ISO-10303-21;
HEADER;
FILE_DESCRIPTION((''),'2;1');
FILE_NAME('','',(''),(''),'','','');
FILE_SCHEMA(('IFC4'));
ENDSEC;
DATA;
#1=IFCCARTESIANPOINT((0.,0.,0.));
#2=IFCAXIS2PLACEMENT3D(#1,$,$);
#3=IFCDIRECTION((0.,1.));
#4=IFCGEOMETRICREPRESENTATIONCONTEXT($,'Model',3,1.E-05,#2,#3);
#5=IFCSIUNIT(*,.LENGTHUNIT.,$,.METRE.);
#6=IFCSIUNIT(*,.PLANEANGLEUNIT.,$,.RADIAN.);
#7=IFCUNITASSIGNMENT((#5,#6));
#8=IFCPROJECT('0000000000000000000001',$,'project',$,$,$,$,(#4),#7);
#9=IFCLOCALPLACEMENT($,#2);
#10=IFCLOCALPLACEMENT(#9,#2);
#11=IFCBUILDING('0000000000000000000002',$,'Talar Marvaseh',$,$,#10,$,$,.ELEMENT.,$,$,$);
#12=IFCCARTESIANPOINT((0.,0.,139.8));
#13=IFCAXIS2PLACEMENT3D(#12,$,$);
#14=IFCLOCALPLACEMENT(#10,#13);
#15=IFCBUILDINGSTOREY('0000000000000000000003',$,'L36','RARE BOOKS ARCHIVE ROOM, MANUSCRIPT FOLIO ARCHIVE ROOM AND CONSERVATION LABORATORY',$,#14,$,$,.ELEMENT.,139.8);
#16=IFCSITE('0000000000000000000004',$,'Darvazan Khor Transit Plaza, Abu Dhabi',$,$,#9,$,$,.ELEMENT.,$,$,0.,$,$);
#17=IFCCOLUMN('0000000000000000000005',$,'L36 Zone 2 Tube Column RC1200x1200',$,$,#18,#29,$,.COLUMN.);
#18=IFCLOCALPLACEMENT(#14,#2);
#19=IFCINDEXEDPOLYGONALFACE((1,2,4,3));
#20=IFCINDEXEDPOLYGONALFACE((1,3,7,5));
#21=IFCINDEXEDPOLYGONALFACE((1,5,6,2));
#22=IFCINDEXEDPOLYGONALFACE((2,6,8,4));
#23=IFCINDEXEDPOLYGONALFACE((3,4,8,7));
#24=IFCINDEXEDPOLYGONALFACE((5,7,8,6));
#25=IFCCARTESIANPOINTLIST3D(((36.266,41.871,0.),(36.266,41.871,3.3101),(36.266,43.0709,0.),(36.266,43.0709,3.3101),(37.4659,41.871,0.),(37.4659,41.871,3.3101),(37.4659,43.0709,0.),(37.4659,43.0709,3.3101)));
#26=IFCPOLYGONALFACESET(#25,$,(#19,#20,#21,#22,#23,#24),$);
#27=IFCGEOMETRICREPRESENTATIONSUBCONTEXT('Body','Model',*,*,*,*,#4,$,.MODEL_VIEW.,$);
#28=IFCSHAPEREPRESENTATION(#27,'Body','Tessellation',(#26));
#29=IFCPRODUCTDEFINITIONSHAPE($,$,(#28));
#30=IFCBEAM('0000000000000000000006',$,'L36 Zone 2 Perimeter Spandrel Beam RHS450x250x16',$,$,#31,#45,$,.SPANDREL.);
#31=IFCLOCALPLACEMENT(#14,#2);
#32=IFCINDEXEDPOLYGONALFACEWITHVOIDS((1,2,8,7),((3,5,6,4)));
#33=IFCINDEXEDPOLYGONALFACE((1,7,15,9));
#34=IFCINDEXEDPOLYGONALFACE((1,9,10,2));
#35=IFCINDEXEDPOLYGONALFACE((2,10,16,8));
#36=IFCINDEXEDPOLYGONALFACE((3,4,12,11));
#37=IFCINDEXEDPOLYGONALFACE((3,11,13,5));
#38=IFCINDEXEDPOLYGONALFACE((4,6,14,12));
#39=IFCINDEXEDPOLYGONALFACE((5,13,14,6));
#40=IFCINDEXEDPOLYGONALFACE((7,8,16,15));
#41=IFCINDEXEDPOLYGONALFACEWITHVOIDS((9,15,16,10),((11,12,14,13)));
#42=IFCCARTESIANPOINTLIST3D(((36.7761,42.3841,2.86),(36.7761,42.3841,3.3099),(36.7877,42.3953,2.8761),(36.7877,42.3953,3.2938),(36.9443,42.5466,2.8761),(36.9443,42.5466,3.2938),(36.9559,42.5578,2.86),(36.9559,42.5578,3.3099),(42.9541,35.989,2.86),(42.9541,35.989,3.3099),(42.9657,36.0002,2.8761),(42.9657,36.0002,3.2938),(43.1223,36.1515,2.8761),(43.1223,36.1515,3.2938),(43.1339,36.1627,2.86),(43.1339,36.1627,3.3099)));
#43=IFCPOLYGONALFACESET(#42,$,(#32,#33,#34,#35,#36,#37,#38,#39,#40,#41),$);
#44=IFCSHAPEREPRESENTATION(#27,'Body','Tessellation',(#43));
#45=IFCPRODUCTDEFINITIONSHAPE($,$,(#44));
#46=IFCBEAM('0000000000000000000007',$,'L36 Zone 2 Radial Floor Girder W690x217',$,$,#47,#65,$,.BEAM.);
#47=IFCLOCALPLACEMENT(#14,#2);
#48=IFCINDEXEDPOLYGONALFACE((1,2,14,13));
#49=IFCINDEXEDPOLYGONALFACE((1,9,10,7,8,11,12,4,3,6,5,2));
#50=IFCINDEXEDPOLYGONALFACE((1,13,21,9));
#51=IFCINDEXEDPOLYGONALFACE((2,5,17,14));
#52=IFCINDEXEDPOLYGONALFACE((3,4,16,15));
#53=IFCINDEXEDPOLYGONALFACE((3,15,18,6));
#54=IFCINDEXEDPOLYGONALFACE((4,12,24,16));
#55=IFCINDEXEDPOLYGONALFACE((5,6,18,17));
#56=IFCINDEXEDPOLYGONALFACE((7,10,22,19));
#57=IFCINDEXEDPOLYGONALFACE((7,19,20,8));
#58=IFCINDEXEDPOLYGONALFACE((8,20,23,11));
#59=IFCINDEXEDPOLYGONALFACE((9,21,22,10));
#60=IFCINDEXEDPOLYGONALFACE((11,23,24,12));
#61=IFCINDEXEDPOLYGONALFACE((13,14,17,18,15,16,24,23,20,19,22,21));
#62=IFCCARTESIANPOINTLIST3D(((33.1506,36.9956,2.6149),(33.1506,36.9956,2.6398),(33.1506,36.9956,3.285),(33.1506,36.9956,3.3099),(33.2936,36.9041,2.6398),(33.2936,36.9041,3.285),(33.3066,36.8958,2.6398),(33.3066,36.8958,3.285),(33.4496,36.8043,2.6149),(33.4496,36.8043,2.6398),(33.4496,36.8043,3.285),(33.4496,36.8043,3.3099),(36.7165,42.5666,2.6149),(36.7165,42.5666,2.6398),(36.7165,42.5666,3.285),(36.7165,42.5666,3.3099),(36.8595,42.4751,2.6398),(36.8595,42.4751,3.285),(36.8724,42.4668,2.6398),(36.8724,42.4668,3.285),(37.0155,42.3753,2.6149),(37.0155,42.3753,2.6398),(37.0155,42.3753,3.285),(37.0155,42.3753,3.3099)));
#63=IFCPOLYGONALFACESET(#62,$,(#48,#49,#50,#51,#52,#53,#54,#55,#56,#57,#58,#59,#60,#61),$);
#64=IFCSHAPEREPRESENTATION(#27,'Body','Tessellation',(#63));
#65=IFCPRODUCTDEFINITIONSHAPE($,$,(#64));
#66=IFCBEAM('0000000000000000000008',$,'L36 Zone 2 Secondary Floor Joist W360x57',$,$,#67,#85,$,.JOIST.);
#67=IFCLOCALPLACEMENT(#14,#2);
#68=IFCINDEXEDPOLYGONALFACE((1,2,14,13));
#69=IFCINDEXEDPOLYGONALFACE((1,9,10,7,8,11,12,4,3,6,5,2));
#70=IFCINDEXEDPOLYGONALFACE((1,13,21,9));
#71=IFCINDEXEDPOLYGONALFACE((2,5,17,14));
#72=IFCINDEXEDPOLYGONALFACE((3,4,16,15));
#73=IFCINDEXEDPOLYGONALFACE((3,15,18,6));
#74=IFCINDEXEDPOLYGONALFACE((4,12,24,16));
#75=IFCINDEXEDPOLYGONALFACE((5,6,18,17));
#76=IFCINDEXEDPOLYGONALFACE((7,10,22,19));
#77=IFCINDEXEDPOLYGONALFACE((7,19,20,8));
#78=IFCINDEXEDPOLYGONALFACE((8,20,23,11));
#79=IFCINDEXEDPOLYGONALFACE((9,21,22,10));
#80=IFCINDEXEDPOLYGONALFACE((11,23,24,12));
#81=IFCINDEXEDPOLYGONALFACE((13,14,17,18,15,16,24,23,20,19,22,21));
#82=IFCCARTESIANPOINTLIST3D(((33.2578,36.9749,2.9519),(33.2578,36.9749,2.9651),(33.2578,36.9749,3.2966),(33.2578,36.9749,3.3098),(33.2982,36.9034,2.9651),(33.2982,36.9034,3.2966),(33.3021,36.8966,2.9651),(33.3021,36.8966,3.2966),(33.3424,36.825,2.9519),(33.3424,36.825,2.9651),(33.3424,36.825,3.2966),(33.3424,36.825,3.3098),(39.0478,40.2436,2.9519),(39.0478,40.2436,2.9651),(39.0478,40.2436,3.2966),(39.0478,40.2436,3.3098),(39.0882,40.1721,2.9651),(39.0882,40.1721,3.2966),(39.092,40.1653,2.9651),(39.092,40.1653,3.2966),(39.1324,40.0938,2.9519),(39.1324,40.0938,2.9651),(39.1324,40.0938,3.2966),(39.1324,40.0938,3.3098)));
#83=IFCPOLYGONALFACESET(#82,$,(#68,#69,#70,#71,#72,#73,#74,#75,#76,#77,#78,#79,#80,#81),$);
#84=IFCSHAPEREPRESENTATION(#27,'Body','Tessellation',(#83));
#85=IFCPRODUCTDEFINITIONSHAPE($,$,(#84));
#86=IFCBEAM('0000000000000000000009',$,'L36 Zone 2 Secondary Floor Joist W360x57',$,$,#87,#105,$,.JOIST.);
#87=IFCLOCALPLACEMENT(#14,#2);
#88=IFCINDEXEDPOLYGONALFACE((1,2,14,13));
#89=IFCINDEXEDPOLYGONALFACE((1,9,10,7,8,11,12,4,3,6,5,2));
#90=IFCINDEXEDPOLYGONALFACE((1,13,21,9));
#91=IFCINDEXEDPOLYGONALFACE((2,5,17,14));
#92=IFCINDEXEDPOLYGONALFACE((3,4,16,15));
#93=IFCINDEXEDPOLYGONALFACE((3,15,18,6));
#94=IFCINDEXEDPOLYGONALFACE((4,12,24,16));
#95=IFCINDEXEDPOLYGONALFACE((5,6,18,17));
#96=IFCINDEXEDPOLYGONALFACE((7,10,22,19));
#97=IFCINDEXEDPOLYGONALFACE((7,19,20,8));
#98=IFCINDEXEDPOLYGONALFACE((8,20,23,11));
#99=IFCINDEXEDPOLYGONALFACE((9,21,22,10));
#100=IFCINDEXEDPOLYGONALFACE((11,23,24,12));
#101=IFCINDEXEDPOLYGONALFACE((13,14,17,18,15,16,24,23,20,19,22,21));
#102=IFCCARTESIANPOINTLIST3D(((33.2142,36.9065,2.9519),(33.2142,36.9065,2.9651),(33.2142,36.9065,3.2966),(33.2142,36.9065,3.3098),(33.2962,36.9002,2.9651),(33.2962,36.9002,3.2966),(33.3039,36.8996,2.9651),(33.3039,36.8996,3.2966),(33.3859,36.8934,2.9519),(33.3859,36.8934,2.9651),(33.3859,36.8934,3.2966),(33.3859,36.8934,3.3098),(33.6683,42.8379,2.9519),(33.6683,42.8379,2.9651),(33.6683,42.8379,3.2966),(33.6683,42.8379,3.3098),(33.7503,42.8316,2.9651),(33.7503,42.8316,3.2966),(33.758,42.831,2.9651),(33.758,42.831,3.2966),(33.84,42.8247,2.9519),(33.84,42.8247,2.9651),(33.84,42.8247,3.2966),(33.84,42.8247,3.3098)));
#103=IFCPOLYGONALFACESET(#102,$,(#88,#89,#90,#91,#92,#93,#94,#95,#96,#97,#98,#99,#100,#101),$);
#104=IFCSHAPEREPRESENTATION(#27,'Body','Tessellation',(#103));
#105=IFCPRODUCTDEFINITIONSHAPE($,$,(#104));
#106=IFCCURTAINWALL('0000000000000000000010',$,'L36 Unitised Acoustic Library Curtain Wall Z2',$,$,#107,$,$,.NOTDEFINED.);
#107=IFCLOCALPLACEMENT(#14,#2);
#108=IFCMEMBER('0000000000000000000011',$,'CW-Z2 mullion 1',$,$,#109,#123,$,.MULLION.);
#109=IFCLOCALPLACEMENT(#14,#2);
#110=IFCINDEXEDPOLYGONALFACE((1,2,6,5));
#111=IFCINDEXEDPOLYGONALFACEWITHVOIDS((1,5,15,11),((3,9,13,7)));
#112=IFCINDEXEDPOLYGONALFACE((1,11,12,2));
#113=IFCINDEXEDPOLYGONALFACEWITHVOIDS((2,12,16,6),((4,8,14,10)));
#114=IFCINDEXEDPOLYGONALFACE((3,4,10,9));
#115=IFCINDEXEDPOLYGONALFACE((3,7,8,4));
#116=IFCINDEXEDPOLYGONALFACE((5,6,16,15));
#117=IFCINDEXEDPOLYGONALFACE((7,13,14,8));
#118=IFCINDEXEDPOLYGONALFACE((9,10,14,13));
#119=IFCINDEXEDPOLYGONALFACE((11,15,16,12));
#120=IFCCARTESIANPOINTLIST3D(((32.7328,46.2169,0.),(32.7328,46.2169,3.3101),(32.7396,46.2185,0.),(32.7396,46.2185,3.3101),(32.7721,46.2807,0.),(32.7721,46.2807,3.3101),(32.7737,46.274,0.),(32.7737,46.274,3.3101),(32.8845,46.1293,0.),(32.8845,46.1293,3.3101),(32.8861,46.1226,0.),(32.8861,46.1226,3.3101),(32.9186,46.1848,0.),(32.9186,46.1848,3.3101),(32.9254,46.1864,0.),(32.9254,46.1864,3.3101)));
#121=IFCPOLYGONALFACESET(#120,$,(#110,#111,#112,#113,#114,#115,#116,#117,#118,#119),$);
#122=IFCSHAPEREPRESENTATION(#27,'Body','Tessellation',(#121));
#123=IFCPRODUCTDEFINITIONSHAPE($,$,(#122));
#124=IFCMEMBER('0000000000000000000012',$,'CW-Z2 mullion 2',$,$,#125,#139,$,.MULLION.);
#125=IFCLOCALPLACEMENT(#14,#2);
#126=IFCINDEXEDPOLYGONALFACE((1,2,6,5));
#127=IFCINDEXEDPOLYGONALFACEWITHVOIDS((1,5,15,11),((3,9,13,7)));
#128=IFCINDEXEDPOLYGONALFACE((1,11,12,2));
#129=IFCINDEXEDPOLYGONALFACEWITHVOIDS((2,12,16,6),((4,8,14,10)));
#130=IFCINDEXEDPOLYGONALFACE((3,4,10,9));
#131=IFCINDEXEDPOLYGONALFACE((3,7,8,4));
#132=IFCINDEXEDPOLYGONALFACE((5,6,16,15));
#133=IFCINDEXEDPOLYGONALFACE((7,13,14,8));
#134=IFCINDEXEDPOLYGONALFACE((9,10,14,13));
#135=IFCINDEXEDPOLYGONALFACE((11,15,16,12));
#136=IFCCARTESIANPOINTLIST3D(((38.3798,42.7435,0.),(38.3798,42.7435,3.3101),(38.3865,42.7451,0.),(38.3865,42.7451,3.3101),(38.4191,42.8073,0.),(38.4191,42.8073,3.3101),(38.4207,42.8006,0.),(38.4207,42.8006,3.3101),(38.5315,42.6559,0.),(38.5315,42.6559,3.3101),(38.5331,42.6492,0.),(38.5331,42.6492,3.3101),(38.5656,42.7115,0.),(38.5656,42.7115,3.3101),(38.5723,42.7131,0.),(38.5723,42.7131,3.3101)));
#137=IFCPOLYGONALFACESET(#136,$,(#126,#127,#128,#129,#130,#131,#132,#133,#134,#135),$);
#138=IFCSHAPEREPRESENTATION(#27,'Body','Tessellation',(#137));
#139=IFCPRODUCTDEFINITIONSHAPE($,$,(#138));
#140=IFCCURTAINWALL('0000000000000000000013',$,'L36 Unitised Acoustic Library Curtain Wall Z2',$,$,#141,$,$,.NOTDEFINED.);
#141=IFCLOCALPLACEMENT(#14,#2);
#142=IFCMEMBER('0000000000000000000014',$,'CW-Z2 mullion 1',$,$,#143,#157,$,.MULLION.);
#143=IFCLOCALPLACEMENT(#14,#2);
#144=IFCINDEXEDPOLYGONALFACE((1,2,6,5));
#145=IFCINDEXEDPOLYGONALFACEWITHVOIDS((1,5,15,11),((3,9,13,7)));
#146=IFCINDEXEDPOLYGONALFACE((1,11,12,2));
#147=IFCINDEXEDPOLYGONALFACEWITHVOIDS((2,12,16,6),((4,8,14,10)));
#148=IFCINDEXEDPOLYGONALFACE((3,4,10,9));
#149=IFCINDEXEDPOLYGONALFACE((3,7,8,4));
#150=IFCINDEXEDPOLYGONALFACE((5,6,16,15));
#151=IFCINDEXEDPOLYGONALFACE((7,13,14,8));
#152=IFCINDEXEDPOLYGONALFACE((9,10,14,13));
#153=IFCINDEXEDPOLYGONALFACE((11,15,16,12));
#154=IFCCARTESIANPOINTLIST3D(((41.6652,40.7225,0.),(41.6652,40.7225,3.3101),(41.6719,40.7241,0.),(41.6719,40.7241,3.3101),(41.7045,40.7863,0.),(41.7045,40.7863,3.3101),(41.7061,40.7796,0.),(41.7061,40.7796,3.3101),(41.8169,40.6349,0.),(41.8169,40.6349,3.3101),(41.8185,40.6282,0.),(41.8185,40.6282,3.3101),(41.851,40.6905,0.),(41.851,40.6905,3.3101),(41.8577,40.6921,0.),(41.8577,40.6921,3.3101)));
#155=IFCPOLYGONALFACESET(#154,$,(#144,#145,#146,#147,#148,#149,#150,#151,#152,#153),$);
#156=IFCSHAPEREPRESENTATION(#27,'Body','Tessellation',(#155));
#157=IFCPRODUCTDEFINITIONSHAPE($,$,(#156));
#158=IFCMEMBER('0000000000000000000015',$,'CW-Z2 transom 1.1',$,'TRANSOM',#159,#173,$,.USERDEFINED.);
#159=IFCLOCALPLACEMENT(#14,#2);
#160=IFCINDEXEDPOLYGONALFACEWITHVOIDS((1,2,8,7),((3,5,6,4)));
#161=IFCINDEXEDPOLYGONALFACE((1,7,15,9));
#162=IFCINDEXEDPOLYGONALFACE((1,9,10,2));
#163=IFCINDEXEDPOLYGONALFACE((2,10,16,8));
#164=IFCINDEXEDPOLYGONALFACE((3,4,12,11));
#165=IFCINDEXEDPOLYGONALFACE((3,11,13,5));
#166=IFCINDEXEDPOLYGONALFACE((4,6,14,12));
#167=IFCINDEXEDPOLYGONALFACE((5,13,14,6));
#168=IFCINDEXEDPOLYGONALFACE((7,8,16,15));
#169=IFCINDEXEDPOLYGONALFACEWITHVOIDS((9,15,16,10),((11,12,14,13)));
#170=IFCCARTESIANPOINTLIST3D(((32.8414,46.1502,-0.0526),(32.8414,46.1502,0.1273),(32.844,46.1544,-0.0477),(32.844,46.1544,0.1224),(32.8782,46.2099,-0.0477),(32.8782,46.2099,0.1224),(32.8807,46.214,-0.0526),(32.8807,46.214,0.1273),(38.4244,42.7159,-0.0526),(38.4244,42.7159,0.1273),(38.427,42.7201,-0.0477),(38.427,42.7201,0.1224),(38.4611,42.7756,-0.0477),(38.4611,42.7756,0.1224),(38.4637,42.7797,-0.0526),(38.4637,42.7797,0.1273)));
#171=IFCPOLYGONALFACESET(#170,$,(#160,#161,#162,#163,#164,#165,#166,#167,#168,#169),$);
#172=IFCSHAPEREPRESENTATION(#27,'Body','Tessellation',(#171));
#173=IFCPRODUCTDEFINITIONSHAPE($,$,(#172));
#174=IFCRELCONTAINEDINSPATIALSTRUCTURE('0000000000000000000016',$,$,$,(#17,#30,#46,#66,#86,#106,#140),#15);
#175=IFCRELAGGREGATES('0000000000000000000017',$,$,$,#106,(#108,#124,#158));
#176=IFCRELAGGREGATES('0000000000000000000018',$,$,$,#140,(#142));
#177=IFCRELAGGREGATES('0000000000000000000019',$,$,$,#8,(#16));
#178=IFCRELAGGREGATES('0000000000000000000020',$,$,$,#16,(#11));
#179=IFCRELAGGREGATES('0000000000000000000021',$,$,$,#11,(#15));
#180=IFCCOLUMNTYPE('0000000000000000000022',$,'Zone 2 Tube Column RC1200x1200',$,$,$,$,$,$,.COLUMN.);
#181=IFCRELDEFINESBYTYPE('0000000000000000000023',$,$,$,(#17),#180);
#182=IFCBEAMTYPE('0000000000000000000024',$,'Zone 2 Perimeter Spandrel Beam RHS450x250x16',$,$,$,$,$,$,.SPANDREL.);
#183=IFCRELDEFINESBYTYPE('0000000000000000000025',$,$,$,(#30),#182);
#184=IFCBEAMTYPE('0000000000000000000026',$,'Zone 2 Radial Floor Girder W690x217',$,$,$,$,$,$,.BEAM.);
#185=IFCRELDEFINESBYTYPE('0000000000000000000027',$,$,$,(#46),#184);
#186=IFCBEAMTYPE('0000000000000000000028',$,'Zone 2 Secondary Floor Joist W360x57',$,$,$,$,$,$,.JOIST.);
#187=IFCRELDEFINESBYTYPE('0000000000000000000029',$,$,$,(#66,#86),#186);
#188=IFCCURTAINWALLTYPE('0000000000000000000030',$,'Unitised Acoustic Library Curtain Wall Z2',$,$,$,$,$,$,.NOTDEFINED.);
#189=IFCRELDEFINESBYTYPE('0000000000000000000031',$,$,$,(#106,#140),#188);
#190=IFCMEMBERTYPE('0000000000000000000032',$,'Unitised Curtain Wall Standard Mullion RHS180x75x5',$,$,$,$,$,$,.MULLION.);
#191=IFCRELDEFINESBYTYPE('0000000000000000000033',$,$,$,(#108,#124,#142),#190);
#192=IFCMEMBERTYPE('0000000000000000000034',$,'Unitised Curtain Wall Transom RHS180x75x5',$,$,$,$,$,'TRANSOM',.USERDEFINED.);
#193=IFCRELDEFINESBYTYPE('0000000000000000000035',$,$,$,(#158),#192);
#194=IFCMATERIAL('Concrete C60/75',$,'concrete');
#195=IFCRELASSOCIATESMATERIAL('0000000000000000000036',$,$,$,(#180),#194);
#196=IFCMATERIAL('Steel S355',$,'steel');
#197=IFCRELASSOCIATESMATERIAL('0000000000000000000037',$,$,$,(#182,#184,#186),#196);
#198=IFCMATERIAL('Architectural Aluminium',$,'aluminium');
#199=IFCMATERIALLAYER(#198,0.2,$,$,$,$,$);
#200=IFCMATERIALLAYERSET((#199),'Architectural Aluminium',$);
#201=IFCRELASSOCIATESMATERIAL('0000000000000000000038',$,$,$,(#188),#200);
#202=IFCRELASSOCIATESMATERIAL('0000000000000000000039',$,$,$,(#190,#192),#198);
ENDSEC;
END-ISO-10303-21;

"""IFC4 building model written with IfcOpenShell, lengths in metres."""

from ifc_helpers import new_model, si_unit, direction, frame, origin, origin_2d, place, context, subcontext, project, spatial, rectangle, hollow_rectangle, i_section, extrude, source, transform, mapped, material, layer, layer_set, material_profile, profile_set, type_object, type_shapes, element, aggregate, save


model = new_model("IFC4")

# Units and contexts
model_context = context("Model", 3, precision=1e-05, world=origin(), true_north=direction((0.0, 1.0)))
body_context = subcontext(model_context, "Body", "Model", "MODEL_VIEW")
ifc_project = project(units=[si_unit("LENGTHUNIT", "METRE"), si_unit("PLANEANGLEUNIT", "RADIAN")], contexts=[model_context])

# Site, building, storey
site_placement = place(None, origin())
site = spatial("IfcSite", under=ifc_project, at=site_placement, Name="Darvazan Khor Transit Plaza, Abu Dhabi", CompositionType="ELEMENT", RefElevation=0.0)
building_placement = place(site_placement, origin())
building = spatial("IfcBuilding", under=site, at=building_placement, Name="Talar Marvaseh", CompositionType="ELEMENT")
storey_placement = place(building_placement, frame((0.0, 0.0, 139.8)))
storey = spatial("IfcBuildingStorey", under=building, at=storey_placement, Name="L36", Description="RARE BOOKS ARCHIVE ROOM, MANUSCRIPT FOLIO ARCHIVE ROOM AND CONSERVATION LABORATORY", CompositionType="ELEMENT", Elevation=139.8)

# Column
ifc_material_1 = material(Name="Concrete C60/75", Category="concrete")
ifc_material_profile_1 = material_profile(ifc_material_1, rectangle(XDim=1.2, YDim=1.2, at=origin_2d()), Name="RC1200x1200")
ifc_profile_set_1 = profile_set([ifc_material_profile_1], Name="Concrete C60/75")
column_type = type_object("IfcColumnType", Name="Zone 2 Tube Column RC1200x1200", PredefinedType="COLUMN", material=ifc_profile_set_1)
column_placement = place(storey_placement, frame((36.866, 42.4709, 0.0), z_axis=(0.0, 0.0, 1.0), x_axis=(1.0, 0.0, 0.0)))
element("IfcColumn", 1, at=column_placement, inside=storey, type_object=column_type, Name="L36 Zone 2 Tube Column RC1200x1200", PredefinedType="COLUMN", context=body_context, shape_type="SweptSolid", body=[
    extrude(rectangle(XDim=1.2, YDim=1.2, at=origin_2d()), origin(), (0.0, 0.0, 1.0), 3.3101),
])

# Beams
ifc_material_2 = material(Name="Steel S355", Category="steel")
ifc_material_profile_2 = material_profile(ifc_material_2, hollow_rectangle(XDim=0.25, YDim=0.45, WallThickness=0.0161, at=origin_2d()), Name="RHS450x250x16")
ifc_profile_set_2 = profile_set([ifc_material_profile_2], Name="Steel S355")
beam_type_1 = type_object("IfcBeamType", Name="Zone 2 Perimeter Spandrel Beam RHS450x250x16", PredefinedType="SPANDREL", material=ifc_profile_set_2)
beam_1_placement = place(storey_placement, frame((36.866, 42.4709, 3.085), z_axis=(0.694797, -0.719206, 0.0), x_axis=(0.719206, 0.694797, 0.0)))
element("IfcBeam", 2, at=beam_1_placement, inside=storey, type_object=beam_type_1, Name="L36 Zone 2 Perimeter Spandrel Beam RHS450x250x16", PredefinedType="SPANDREL", context=body_context, shape_type="SweptSolid", body=[
    extrude(hollow_rectangle(XDim=0.25, YDim=0.45, WallThickness=0.0161, at=origin_2d()), origin(), (0.0, 0.0, 1.0), 8.8918),
])
ifc_material_profile_3 = material_profile(ifc_material_2, i_section(OverallWidth=0.355, OverallDepth=0.6951, WebThickness=0.0154, FlangeThickness=0.0249, at=origin_2d()), Name="W690x217")
ifc_profile_set_3 = profile_set([ifc_material_profile_3], Name="Steel S355")
beam_type_2 = type_object("IfcBeamType", Name="Zone 2 Radial Floor Girder W690x217", PredefinedType="BEAM", material=ifc_profile_set_3)
beam_2_placement = place(storey_placement, frame((36.866, 42.4709, 2.9624), z_axis=(-0.539102, -0.842241, 0.0), x_axis=(0.842241, -0.539102, 0.0)))
element("IfcBeam", 3, at=beam_2_placement, inside=storey, type_object=beam_type_2, Name="L36 Zone 2 Radial Floor Girder W690x217", PredefinedType="BEAM", context=body_context, shape_type="SweptSolid", body=[
    extrude(i_section(OverallWidth=0.355, OverallDepth=0.6951, WebThickness=0.0154, FlangeThickness=0.0249, at=origin_2d()), origin(), (0.0, 0.0, 1.0), 6.6145),
])
ifc_material_profile_4 = material_profile(ifc_material_2, i_section(OverallWidth=0.1721, OverallDepth=0.3579, WebThickness=0.0078, FlangeThickness=0.0132, at=origin_2d()), Name="W360x57")
ifc_profile_set_4 = profile_set([ifc_material_profile_4], Name="Steel S355")
beam_type_3 = type_object("IfcBeamType", Name="Zone 2 Secondary Floor Joist W360x57", PredefinedType="JOIST", material=ifc_profile_set_4)
beam_3_placement = place(storey_placement, frame((39.0901, 40.1687, 3.1309), z_axis=(-0.87081, -0.49162, 0.0), x_axis=(0.49162, -0.87081, 0.0)))
element("IfcBeam", 4, at=beam_3_placement, inside=storey, type_object=beam_type_3, Name="L36 Zone 2 Secondary Floor Joist W360x57", PredefinedType="JOIST", context=body_context, shape_type="SweptSolid", body=[
    extrude(i_section(OverallWidth=0.1721, OverallDepth=0.3579, WebThickness=0.0078, FlangeThickness=0.0132, at=origin_2d()), origin(), (0.0, 0.0, 1.0), 6.6489),
])
beam_4_placement = place(storey_placement, frame((33.7542, 42.8313, 3.1309), z_axis=(-0.076336, -0.997082, 0.0), x_axis=(0.997082, -0.076336, 0.0)))
element("IfcBeam", 5, at=beam_4_placement, inside=storey, type_object=beam_type_3, Name="L36 Zone 2 Secondary Floor Joist W360x57", PredefinedType="JOIST", context=body_context, shape_type="SweptSolid", body=[
    extrude(i_section(OverallWidth=0.1721, OverallDepth=0.3579, WebThickness=0.0078, FlangeThickness=0.0132, at=origin_2d()), origin(), (0.0, 0.0, 1.0), 5.9487),
])

# Curtain wall, members
ifc_material_3 = material(Name="Architectural Aluminium", Category="aluminium")
ifc_layer_1 = layer(ifc_material_3, 0.2)
ifc_layer_set_1 = layer_set([ifc_layer_1], Name="Architectural Aluminium")
curtain_wall_type = type_object("IfcCurtainWallType", Name="Unitised Acoustic Library Curtain Wall Z2", PredefinedType="NOTDEFINED", material=ifc_layer_set_1)
curtain_wall_1_placement = place(storey_placement, origin())
curtain_wall_1 = element("IfcCurtainWall", 6, at=curtain_wall_1_placement, inside=storey, type_object=curtain_wall_type, Name="L36 Unitised Acoustic Library Curtain Wall Z2", PredefinedType="NOTDEFINED")
ifc_material_profile_5 = material_profile(ifc_material_3, hollow_rectangle(XDim=0.075, YDim=0.1799, WallThickness=0.0049, at=origin_2d()), Name="RHS180x75x5")
ifc_profile_set_5 = profile_set([ifc_material_profile_5], Name="Architectural Aluminium")
member_type_1 = type_object("IfcMemberType", Name="Unitised Curtain Wall Standard Mullion RHS180x75x5", PredefinedType="MULLION", material=ifc_profile_set_5)
shared_shape_1 = source(origin(), body_context, "Body", "SweptSolid", [
    extrude(hollow_rectangle(XDim=0.075, YDim=0.1799, WallThickness=0.0049, at=origin_2d()), origin(), (0.0, 0.0, 1.0), 3.3101),
])
type_shapes(member_type_1, [shared_shape_1])
member_1_placement = place(storey_placement, frame((32.8291, 46.2017, 0.0), z_axis=(0.0, 0.0, 1.0), x_axis=(0.523931, 0.851761, 0.0)))
member_1 = element("IfcMember", 7, at=member_1_placement, type_object=member_type_1, Name="CW-Z2 mullion 1", PredefinedType="MULLION", context=body_context, shape_type="MappedRepresentation", body=[
    mapped(shared_shape_1, transform((0.0, 0.0, 0.0), x_axis=(1.0, 0.0, 0.0), y_axis=(0.0, 1.0, 0.0), z_axis=(0.0, 0.0, 1.0), scale=1.0)),
])
member_2_placement = place(storey_placement, frame((38.4761, 42.7283, 0.0), z_axis=(0.0, 0.0, 1.0), x_axis=(0.523931, 0.851761, 0.0)))
member_2 = element("IfcMember", 8, at=member_2_placement, type_object=member_type_1, Name="CW-Z2 mullion 2", PredefinedType="MULLION", context=body_context, shape_type="MappedRepresentation", body=[
    mapped(shared_shape_1, transform((0.0, 0.0, 0.0), x_axis=(1.0, 0.0, 0.0), y_axis=(0.0, 1.0, 0.0), z_axis=(0.0, 0.0, 1.0), scale=1.0)),
])

# Curtain wall, member
curtain_wall_2_placement = place(storey_placement, origin())
curtain_wall_2 = element("IfcCurtainWall", 9, at=curtain_wall_2_placement, inside=storey, type_object=curtain_wall_type, Name="L36 Unitised Acoustic Library Curtain Wall Z2", PredefinedType="NOTDEFINED")
member_3_placement = place(storey_placement, frame((41.7615, 40.7073, 0.0), z_axis=(0.0, 0.0, 1.0), x_axis=(0.523931, 0.851761, 0.0)))
member_3 = element("IfcMember", 10, at=member_3_placement, type_object=member_type_1, Name="CW-Z2 mullion 1", PredefinedType="MULLION", context=body_context, shape_type="MappedRepresentation", body=[
    mapped(shared_shape_1, transform((0.0, 0.0, 0.0), x_axis=(1.0, 0.0, 0.0), y_axis=(0.0, 1.0, 0.0), z_axis=(0.0, 0.0, 1.0), scale=1.0)),
])

# Member
ifc_material_profile_6 = material_profile(ifc_material_3, hollow_rectangle(XDim=0.075, YDim=0.1799, WallThickness=0.0049, at=origin_2d()), Name="RHS180x75x5")
ifc_profile_set_6 = profile_set([ifc_material_profile_6], Name="Architectural Aluminium")
member_type_2 = type_object("IfcMemberType", Name="Unitised Curtain Wall Transom RHS180x75x5", ElementType="TRANSOM", PredefinedType="USERDEFINED", material=ifc_profile_set_6)
shared_shape_2 = source(origin(), body_context, "Body", "SweptSolid", [
    extrude(hollow_rectangle(XDim=0.075, YDim=0.1799, WallThickness=0.0049, at=origin_2d()), origin(), (0.0, 0.0, 1.0), 6.5547),
])
type_shapes(member_type_2, [shared_shape_2])
member_4_placement = place(storey_placement, frame((32.8611, 46.1821, 0.0374), z_axis=(0.851752, -0.523946, 0.0), x_axis=(0.523946, 0.851752, 0.0)))
member_4 = element("IfcMember", 11, at=member_4_placement, type_object=member_type_2, Name="CW-Z2 transom 1.1", ObjectType="TRANSOM", PredefinedType="USERDEFINED", context=body_context, shape_type="MappedRepresentation", body=[
    mapped(shared_shape_2, transform((0.0, 0.0, 0.0), x_axis=(1.0, 0.0, 0.0), y_axis=(0.0, 1.0, 0.0), z_axis=(0.0, 0.0, 1.0), scale=1.0)),
])

aggregate(curtain_wall_1, [member_1, member_2, member_4])
aggregate(curtain_wall_2, [member_3])

save(model, "model.ifc")
